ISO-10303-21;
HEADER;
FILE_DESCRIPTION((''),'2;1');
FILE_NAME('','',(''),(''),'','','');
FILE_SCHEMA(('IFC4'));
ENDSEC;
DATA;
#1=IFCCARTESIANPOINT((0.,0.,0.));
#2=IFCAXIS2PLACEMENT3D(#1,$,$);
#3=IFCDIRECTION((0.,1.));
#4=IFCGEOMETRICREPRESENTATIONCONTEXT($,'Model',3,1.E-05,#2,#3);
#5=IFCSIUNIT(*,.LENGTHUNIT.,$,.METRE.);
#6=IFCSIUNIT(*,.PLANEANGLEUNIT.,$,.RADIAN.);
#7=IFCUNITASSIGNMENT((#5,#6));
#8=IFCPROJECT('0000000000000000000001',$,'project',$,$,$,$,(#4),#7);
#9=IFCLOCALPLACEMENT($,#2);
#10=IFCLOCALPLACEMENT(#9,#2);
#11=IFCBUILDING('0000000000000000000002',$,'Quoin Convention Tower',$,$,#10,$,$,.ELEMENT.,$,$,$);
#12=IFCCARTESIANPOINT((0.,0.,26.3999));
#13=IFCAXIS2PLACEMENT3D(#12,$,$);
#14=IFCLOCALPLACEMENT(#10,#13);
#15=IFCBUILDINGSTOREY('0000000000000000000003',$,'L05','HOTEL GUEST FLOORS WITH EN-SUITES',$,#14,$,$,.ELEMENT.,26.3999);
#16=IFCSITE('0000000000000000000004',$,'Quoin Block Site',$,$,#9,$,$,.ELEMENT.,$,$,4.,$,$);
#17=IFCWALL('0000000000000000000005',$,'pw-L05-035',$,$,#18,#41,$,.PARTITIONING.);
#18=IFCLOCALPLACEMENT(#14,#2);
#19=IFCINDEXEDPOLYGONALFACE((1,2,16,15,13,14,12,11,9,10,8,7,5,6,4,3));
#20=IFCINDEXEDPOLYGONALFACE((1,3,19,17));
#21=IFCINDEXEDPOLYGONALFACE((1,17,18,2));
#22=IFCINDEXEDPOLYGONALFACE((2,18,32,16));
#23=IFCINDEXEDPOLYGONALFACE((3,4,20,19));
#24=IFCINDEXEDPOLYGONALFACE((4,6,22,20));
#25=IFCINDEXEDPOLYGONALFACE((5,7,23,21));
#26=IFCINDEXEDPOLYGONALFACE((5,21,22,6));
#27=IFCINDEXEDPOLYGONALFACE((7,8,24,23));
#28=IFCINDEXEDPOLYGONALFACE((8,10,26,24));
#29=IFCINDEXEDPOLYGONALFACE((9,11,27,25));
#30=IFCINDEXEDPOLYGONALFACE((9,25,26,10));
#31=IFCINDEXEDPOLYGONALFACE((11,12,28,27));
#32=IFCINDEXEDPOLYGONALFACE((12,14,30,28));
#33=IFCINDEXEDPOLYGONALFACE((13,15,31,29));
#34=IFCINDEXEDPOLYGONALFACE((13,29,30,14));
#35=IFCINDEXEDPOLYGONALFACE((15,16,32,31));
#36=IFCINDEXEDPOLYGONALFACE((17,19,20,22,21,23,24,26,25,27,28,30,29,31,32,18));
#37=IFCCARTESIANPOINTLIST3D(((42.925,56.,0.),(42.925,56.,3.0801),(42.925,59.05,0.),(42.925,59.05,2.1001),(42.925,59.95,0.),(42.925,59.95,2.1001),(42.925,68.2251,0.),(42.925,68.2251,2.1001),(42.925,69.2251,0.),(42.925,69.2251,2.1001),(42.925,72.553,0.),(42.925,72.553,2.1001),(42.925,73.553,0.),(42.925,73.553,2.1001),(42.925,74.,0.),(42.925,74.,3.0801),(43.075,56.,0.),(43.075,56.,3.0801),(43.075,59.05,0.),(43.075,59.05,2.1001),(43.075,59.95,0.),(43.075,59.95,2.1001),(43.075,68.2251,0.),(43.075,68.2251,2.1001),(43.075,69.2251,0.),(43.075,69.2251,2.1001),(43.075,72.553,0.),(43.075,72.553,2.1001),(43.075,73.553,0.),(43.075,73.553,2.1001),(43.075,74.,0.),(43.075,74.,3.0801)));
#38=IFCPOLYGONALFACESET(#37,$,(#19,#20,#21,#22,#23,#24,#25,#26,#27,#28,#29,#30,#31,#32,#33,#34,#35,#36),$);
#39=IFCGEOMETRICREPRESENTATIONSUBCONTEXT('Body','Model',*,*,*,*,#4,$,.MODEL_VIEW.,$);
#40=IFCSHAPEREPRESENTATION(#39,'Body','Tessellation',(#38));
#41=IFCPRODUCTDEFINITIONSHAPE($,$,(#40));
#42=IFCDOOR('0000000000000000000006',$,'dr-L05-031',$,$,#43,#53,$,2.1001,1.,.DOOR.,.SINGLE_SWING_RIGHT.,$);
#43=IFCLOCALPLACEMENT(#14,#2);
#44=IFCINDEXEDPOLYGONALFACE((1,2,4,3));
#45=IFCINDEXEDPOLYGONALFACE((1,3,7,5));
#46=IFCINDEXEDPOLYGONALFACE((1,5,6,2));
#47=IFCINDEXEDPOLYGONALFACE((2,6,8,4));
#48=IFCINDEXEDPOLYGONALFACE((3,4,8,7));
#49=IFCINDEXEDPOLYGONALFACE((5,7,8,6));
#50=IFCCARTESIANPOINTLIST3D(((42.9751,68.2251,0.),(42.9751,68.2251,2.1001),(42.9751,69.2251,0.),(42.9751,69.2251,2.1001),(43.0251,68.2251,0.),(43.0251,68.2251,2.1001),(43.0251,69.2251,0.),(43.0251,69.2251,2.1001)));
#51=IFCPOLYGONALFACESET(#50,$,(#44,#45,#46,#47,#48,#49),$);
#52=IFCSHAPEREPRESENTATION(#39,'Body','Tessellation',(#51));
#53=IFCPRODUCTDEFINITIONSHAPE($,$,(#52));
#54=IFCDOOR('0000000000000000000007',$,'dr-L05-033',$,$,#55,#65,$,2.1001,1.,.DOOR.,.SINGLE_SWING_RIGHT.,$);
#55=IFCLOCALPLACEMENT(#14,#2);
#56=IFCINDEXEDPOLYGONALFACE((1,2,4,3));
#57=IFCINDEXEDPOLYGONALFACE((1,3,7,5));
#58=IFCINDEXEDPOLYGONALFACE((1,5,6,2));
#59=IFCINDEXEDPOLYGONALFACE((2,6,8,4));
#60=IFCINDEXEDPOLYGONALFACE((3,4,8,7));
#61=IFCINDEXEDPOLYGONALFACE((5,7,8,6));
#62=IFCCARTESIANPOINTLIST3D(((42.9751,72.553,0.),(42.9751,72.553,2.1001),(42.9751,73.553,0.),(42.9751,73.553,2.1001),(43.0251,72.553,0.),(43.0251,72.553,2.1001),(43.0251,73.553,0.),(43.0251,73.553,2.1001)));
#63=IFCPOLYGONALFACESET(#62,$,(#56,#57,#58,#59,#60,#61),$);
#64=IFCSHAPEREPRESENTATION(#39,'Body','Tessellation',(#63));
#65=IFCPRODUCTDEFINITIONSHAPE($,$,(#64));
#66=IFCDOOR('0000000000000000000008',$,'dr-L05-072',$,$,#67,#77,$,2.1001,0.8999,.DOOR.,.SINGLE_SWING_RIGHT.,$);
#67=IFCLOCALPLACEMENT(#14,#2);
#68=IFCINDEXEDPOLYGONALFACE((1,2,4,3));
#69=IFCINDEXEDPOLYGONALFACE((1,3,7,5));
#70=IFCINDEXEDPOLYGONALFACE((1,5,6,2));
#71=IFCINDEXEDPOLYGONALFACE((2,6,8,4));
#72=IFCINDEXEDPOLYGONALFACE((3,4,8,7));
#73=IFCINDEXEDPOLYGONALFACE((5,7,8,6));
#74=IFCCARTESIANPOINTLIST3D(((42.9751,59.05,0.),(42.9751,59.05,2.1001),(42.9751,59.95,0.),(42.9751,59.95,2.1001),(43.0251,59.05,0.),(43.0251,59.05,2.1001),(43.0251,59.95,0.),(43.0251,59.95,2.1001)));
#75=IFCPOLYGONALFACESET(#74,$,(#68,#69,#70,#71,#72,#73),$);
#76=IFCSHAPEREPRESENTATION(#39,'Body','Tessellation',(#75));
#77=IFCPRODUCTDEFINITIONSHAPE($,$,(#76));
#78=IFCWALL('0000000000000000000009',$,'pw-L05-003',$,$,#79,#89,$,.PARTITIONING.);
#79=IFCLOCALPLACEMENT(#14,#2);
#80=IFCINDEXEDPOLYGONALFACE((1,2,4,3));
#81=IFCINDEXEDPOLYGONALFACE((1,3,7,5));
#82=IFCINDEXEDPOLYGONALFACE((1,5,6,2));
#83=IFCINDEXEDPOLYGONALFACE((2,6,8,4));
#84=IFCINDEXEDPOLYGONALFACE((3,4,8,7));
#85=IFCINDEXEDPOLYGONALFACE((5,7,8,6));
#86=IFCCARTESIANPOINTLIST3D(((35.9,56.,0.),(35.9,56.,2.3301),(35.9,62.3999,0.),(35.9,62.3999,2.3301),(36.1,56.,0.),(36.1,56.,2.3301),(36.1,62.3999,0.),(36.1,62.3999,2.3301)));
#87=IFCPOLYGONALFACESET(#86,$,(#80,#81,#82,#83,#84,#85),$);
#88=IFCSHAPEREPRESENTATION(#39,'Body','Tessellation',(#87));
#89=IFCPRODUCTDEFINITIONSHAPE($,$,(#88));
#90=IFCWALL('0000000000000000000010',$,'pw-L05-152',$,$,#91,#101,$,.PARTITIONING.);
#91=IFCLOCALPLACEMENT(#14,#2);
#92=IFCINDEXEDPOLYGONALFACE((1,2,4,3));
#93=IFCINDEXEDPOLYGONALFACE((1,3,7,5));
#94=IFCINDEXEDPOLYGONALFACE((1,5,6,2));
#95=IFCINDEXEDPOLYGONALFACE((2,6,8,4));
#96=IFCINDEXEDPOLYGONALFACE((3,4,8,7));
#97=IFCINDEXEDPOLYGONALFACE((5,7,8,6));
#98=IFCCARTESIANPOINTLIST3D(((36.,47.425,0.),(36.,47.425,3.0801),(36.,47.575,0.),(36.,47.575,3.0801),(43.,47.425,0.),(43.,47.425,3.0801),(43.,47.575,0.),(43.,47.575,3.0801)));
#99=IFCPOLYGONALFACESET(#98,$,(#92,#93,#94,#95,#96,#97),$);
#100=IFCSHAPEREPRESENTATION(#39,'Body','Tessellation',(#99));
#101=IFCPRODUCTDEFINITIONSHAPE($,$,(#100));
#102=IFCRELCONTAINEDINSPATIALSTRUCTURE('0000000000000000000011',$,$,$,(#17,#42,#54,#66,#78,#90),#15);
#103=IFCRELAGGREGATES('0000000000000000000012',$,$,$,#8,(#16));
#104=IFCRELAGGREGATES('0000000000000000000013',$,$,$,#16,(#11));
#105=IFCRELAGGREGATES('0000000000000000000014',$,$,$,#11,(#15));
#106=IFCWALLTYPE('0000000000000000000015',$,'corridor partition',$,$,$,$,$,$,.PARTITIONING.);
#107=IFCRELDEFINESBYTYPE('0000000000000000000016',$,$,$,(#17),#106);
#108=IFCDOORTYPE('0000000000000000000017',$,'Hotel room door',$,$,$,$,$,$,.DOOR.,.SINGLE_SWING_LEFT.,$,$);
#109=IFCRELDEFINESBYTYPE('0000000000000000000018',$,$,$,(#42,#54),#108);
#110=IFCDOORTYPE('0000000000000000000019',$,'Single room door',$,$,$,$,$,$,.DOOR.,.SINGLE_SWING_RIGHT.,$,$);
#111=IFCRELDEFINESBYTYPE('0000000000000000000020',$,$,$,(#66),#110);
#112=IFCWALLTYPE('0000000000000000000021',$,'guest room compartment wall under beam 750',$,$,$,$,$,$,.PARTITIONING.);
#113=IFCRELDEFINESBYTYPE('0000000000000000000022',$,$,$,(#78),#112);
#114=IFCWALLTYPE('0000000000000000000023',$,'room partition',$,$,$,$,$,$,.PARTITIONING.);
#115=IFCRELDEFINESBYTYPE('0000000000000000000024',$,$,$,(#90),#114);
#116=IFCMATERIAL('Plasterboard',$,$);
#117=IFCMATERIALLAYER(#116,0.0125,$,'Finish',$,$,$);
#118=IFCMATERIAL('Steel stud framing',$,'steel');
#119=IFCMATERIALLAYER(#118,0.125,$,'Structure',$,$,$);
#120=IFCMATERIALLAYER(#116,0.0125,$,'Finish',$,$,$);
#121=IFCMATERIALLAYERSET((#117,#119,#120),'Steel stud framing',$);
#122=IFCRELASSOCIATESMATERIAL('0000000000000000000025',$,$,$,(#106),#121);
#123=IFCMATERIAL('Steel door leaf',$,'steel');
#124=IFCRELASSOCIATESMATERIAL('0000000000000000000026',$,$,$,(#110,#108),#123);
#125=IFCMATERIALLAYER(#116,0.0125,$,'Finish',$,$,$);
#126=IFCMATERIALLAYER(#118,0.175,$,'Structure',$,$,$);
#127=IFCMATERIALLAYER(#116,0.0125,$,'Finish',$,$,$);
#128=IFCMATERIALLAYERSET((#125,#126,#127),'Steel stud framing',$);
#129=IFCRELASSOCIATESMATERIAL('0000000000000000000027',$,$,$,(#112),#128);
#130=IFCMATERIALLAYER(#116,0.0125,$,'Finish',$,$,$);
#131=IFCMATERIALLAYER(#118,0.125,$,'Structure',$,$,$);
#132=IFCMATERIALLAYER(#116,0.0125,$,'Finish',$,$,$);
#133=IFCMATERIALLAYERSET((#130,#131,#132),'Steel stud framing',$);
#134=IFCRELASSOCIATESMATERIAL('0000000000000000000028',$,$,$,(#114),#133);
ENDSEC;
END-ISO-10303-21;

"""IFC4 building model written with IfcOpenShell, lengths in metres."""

from ifc_helpers import new_model, si_unit, direction, frame, frame_2d, origin, place, context, subcontext, project, spatial, rectangle, extrude, material, layer, layer_set, type_object, element, fill, save


model = new_model("IFC4")

# Units and contexts
model_context = context("Model", 3, precision=1e-05, world=origin(), true_north=direction((0.0, 1.0)))
body_context = subcontext(model_context, "Body", "Model", "MODEL_VIEW")
ifc_project = project(units=[si_unit("LENGTHUNIT", "METRE"), si_unit("PLANEANGLEUNIT", "RADIAN")], contexts=[model_context])

# Site, building, storey
site_placement = place(None, origin())
site = spatial("IfcSite", under=ifc_project, at=site_placement, Name="Quoin Block Site", CompositionType="ELEMENT", RefElevation=4.0)
building_placement = place(site_placement, origin())
building = spatial("IfcBuilding", under=site, at=building_placement, Name="Quoin Convention Tower", CompositionType="ELEMENT")
storey_placement = place(building_placement, frame((0.0, 0.0, 26.3999)))
storey = spatial("IfcBuildingStorey", under=building, at=storey_placement, Name="L05", Description="HOTEL GUEST FLOORS WITH EN-SUITES", CompositionType="ELEMENT", Elevation=26.3999)

# Shared definitions
ifc_material_1 = material(Name="Plasterboard")
ifc_material_2 = material(Name="Steel stud framing", Category="steel")
ifc_material_3 = material(Name="Steel door leaf", Category="steel")

# Shared definitions
ifc_layer_1 = layer(ifc_material_1, 0.0125, Name="Finish")
ifc_layer_2 = layer(ifc_material_2, 0.125, Name="Structure")
ifc_layer_3 = layer(ifc_material_1, 0.0125, Name="Finish")
ifc_layer_set_1 = layer_set([ifc_layer_1, ifc_layer_2, ifc_layer_3], Name="Steel stud framing")
wall_type_1 = type_object("IfcWallType", Name="corridor partition", PredefinedType="PARTITIONING", material=ifc_layer_set_1)

# Shared definitions
door_type_1 = type_object("IfcDoorType", Name="Single room door", OperationType="SINGLE_SWING_RIGHT", PredefinedType="DOOR", material=ifc_material_3)

# Wall, openings, doors
wall_1_placement = place(storey_placement, frame((43.0, 56.0, 0.0), z_axis=(0.0, 0.0, 1.0), x_axis=(0.0, 1.0, 0.0)))
wall_1 = element("IfcWall", 1, at=wall_1_placement, inside=storey, type_object=wall_type_1, Name="pw-L05-035", PredefinedType="PARTITIONING", context=body_context, shape_type="SweptSolid", body=[
    extrude(rectangle(XDim=18.0, YDim=0.1499, at=frame_2d((9.0, 0.0))), origin(), (0.0, 0.0, 1.0), 3.0801),
])
opening_1_placement = place(wall_1_placement, frame((12.2251, 0.0, 0.0)))
opening_1 = element("IfcOpeningElement", 2, at=opening_1_placement, cuts=wall_1, PredefinedType="OPENING", context=body_context, shape_type="SweptSolid", body=[
    extrude(rectangle(XDim=1.0, YDim=2.1001, at=frame_2d((0.5, 1.05))), frame((0.0, 0.085, 0.0), z_axis=(0.0, -1.0, 0.0), x_axis=(1.0, 0.0, 0.0)), (0.0, 0.0, 1.0), 0.1699),
])
opening_2_placement = place(wall_1_placement, frame((16.553, 0.0, 0.0)))
opening_2 = element("IfcOpeningElement", 3, at=opening_2_placement, cuts=wall_1, PredefinedType="OPENING", context=body_context, shape_type="SweptSolid", body=[
    extrude(rectangle(XDim=1.0, YDim=2.1001, at=frame_2d((0.5, 1.05))), frame((0.0, 0.085, 0.0), z_axis=(0.0, -1.0, 0.0), x_axis=(1.0, 0.0, 0.0)), (0.0, 0.0, 1.0), 0.1699),
])
opening_3_placement = place(wall_1_placement, frame((3.05, 0.0, 0.0)))
opening_3 = element("IfcOpeningElement", 4, at=opening_3_placement, cuts=wall_1, PredefinedType="OPENING", context=body_context, shape_type="SweptSolid", body=[
    extrude(rectangle(XDim=0.8999, YDim=2.1001, at=frame_2d((0.45, 1.05))), frame((0.0, 0.085, 0.0), z_axis=(0.0, -1.0, 0.0), x_axis=(1.0, 0.0, 0.0)), (0.0, 0.0, 1.0), 0.1699),
])
door_type_2 = type_object("IfcDoorType", Name="Hotel room door", OperationType="SINGLE_SWING_LEFT", PredefinedType="DOOR", material=ifc_material_3)
door_1_placement = place(opening_1_placement, origin())
door_1 = element("IfcDoor", 5, at=door_1_placement, inside=storey, type_object=door_type_2, Name="dr-L05-031", OperationType="SINGLE_SWING_RIGHT", OverallHeight=2.1001, OverallWidth=1.0, PredefinedType="DOOR", context=body_context, shape_type="SweptSolid", body=[
    extrude(rectangle(XDim=1.0, YDim=2.1001, at=frame_2d((0.5, 1.05))), frame((0.0, 0.0249, 0.0), z_axis=(0.0, -1.0, 0.0), x_axis=(1.0, 0.0, 0.0)), (0.0, 0.0, 1.0), 0.05),
])
fill(opening_1, door_1)
door_2_placement = place(opening_2_placement, origin())
door_2 = element("IfcDoor", 6, at=door_2_placement, inside=storey, type_object=door_type_2, Name="dr-L05-033", OperationType="SINGLE_SWING_RIGHT", OverallHeight=2.1001, OverallWidth=1.0, PredefinedType="DOOR", context=body_context, shape_type="SweptSolid", body=[
    extrude(rectangle(XDim=1.0, YDim=2.1001, at=frame_2d((0.5, 1.05))), frame((0.0, 0.0249, 0.0), z_axis=(0.0, -1.0, 0.0), x_axis=(1.0, 0.0, 0.0)), (0.0, 0.0, 1.0), 0.05),
])
fill(opening_2, door_2)
door_3_placement = place(opening_3_placement, origin())
door_3 = element("IfcDoor", 7, at=door_3_placement, inside=storey, type_object=door_type_1, Name="dr-L05-072", OperationType="SINGLE_SWING_RIGHT", OverallHeight=2.1001, OverallWidth=0.8999, PredefinedType="DOOR", context=body_context, shape_type="SweptSolid", body=[
    extrude(rectangle(XDim=0.8999, YDim=2.1001, at=frame_2d((0.45, 1.05))), frame((0.0, 0.0249, 0.0), z_axis=(0.0, -1.0, 0.0), x_axis=(1.0, 0.0, 0.0)), (0.0, 0.0, 1.0), 0.05),
])
fill(opening_3, door_3)

# Walls
ifc_layer_4 = layer(ifc_material_1, 0.0125, Name="Finish")
ifc_layer_5 = layer(ifc_material_2, 0.175, Name="Structure")
ifc_layer_6 = layer(ifc_material_1, 0.0125, Name="Finish")
ifc_layer_set_2 = layer_set([ifc_layer_4, ifc_layer_5, ifc_layer_6], Name="Steel stud framing")
wall_type_2 = type_object("IfcWallType", Name="guest room compartment wall under beam 750", PredefinedType="PARTITIONING", material=ifc_layer_set_2)
wall_2_placement = place(storey_placement, frame((36.0, 56.0, 0.0), z_axis=(0.0, 0.0, 1.0), x_axis=(0.0, 1.0, 0.0)))
element("IfcWall", 8, at=wall_2_placement, inside=storey, type_object=wall_type_2, Name="pw-L05-003", PredefinedType="PARTITIONING", context=body_context, shape_type="SweptSolid", body=[
    extrude(rectangle(XDim=6.3999, YDim=0.2, at=frame_2d((3.2, 0.0))), origin(), (0.0, 0.0, 1.0), 2.3301),
])
ifc_layer_7 = layer(ifc_material_1, 0.0125, Name="Finish")
ifc_layer_8 = layer(ifc_material_2, 0.125, Name="Structure")
ifc_layer_9 = layer(ifc_material_1, 0.0125, Name="Finish")
ifc_layer_set_3 = layer_set([ifc_layer_7, ifc_layer_8, ifc_layer_9], Name="Steel stud framing")
wall_type_3 = type_object("IfcWallType", Name="room partition", PredefinedType="PARTITIONING", material=ifc_layer_set_3)
wall_3_placement = place(storey_placement, frame((36.0, 47.5, 0.0), z_axis=(0.0, 0.0, 1.0), x_axis=(1.0, 0.0, 0.0)))
element("IfcWall", 9, at=wall_3_placement, inside=storey, type_object=wall_type_3, Name="pw-L05-152", PredefinedType="PARTITIONING", context=body_context, shape_type="SweptSolid", body=[
    extrude(rectangle(XDim=7.0, YDim=0.1499, at=frame_2d((3.5, 0.0))), origin(), (0.0, 0.0, 1.0), 3.0801),
])

save(model, "model.ifc")
